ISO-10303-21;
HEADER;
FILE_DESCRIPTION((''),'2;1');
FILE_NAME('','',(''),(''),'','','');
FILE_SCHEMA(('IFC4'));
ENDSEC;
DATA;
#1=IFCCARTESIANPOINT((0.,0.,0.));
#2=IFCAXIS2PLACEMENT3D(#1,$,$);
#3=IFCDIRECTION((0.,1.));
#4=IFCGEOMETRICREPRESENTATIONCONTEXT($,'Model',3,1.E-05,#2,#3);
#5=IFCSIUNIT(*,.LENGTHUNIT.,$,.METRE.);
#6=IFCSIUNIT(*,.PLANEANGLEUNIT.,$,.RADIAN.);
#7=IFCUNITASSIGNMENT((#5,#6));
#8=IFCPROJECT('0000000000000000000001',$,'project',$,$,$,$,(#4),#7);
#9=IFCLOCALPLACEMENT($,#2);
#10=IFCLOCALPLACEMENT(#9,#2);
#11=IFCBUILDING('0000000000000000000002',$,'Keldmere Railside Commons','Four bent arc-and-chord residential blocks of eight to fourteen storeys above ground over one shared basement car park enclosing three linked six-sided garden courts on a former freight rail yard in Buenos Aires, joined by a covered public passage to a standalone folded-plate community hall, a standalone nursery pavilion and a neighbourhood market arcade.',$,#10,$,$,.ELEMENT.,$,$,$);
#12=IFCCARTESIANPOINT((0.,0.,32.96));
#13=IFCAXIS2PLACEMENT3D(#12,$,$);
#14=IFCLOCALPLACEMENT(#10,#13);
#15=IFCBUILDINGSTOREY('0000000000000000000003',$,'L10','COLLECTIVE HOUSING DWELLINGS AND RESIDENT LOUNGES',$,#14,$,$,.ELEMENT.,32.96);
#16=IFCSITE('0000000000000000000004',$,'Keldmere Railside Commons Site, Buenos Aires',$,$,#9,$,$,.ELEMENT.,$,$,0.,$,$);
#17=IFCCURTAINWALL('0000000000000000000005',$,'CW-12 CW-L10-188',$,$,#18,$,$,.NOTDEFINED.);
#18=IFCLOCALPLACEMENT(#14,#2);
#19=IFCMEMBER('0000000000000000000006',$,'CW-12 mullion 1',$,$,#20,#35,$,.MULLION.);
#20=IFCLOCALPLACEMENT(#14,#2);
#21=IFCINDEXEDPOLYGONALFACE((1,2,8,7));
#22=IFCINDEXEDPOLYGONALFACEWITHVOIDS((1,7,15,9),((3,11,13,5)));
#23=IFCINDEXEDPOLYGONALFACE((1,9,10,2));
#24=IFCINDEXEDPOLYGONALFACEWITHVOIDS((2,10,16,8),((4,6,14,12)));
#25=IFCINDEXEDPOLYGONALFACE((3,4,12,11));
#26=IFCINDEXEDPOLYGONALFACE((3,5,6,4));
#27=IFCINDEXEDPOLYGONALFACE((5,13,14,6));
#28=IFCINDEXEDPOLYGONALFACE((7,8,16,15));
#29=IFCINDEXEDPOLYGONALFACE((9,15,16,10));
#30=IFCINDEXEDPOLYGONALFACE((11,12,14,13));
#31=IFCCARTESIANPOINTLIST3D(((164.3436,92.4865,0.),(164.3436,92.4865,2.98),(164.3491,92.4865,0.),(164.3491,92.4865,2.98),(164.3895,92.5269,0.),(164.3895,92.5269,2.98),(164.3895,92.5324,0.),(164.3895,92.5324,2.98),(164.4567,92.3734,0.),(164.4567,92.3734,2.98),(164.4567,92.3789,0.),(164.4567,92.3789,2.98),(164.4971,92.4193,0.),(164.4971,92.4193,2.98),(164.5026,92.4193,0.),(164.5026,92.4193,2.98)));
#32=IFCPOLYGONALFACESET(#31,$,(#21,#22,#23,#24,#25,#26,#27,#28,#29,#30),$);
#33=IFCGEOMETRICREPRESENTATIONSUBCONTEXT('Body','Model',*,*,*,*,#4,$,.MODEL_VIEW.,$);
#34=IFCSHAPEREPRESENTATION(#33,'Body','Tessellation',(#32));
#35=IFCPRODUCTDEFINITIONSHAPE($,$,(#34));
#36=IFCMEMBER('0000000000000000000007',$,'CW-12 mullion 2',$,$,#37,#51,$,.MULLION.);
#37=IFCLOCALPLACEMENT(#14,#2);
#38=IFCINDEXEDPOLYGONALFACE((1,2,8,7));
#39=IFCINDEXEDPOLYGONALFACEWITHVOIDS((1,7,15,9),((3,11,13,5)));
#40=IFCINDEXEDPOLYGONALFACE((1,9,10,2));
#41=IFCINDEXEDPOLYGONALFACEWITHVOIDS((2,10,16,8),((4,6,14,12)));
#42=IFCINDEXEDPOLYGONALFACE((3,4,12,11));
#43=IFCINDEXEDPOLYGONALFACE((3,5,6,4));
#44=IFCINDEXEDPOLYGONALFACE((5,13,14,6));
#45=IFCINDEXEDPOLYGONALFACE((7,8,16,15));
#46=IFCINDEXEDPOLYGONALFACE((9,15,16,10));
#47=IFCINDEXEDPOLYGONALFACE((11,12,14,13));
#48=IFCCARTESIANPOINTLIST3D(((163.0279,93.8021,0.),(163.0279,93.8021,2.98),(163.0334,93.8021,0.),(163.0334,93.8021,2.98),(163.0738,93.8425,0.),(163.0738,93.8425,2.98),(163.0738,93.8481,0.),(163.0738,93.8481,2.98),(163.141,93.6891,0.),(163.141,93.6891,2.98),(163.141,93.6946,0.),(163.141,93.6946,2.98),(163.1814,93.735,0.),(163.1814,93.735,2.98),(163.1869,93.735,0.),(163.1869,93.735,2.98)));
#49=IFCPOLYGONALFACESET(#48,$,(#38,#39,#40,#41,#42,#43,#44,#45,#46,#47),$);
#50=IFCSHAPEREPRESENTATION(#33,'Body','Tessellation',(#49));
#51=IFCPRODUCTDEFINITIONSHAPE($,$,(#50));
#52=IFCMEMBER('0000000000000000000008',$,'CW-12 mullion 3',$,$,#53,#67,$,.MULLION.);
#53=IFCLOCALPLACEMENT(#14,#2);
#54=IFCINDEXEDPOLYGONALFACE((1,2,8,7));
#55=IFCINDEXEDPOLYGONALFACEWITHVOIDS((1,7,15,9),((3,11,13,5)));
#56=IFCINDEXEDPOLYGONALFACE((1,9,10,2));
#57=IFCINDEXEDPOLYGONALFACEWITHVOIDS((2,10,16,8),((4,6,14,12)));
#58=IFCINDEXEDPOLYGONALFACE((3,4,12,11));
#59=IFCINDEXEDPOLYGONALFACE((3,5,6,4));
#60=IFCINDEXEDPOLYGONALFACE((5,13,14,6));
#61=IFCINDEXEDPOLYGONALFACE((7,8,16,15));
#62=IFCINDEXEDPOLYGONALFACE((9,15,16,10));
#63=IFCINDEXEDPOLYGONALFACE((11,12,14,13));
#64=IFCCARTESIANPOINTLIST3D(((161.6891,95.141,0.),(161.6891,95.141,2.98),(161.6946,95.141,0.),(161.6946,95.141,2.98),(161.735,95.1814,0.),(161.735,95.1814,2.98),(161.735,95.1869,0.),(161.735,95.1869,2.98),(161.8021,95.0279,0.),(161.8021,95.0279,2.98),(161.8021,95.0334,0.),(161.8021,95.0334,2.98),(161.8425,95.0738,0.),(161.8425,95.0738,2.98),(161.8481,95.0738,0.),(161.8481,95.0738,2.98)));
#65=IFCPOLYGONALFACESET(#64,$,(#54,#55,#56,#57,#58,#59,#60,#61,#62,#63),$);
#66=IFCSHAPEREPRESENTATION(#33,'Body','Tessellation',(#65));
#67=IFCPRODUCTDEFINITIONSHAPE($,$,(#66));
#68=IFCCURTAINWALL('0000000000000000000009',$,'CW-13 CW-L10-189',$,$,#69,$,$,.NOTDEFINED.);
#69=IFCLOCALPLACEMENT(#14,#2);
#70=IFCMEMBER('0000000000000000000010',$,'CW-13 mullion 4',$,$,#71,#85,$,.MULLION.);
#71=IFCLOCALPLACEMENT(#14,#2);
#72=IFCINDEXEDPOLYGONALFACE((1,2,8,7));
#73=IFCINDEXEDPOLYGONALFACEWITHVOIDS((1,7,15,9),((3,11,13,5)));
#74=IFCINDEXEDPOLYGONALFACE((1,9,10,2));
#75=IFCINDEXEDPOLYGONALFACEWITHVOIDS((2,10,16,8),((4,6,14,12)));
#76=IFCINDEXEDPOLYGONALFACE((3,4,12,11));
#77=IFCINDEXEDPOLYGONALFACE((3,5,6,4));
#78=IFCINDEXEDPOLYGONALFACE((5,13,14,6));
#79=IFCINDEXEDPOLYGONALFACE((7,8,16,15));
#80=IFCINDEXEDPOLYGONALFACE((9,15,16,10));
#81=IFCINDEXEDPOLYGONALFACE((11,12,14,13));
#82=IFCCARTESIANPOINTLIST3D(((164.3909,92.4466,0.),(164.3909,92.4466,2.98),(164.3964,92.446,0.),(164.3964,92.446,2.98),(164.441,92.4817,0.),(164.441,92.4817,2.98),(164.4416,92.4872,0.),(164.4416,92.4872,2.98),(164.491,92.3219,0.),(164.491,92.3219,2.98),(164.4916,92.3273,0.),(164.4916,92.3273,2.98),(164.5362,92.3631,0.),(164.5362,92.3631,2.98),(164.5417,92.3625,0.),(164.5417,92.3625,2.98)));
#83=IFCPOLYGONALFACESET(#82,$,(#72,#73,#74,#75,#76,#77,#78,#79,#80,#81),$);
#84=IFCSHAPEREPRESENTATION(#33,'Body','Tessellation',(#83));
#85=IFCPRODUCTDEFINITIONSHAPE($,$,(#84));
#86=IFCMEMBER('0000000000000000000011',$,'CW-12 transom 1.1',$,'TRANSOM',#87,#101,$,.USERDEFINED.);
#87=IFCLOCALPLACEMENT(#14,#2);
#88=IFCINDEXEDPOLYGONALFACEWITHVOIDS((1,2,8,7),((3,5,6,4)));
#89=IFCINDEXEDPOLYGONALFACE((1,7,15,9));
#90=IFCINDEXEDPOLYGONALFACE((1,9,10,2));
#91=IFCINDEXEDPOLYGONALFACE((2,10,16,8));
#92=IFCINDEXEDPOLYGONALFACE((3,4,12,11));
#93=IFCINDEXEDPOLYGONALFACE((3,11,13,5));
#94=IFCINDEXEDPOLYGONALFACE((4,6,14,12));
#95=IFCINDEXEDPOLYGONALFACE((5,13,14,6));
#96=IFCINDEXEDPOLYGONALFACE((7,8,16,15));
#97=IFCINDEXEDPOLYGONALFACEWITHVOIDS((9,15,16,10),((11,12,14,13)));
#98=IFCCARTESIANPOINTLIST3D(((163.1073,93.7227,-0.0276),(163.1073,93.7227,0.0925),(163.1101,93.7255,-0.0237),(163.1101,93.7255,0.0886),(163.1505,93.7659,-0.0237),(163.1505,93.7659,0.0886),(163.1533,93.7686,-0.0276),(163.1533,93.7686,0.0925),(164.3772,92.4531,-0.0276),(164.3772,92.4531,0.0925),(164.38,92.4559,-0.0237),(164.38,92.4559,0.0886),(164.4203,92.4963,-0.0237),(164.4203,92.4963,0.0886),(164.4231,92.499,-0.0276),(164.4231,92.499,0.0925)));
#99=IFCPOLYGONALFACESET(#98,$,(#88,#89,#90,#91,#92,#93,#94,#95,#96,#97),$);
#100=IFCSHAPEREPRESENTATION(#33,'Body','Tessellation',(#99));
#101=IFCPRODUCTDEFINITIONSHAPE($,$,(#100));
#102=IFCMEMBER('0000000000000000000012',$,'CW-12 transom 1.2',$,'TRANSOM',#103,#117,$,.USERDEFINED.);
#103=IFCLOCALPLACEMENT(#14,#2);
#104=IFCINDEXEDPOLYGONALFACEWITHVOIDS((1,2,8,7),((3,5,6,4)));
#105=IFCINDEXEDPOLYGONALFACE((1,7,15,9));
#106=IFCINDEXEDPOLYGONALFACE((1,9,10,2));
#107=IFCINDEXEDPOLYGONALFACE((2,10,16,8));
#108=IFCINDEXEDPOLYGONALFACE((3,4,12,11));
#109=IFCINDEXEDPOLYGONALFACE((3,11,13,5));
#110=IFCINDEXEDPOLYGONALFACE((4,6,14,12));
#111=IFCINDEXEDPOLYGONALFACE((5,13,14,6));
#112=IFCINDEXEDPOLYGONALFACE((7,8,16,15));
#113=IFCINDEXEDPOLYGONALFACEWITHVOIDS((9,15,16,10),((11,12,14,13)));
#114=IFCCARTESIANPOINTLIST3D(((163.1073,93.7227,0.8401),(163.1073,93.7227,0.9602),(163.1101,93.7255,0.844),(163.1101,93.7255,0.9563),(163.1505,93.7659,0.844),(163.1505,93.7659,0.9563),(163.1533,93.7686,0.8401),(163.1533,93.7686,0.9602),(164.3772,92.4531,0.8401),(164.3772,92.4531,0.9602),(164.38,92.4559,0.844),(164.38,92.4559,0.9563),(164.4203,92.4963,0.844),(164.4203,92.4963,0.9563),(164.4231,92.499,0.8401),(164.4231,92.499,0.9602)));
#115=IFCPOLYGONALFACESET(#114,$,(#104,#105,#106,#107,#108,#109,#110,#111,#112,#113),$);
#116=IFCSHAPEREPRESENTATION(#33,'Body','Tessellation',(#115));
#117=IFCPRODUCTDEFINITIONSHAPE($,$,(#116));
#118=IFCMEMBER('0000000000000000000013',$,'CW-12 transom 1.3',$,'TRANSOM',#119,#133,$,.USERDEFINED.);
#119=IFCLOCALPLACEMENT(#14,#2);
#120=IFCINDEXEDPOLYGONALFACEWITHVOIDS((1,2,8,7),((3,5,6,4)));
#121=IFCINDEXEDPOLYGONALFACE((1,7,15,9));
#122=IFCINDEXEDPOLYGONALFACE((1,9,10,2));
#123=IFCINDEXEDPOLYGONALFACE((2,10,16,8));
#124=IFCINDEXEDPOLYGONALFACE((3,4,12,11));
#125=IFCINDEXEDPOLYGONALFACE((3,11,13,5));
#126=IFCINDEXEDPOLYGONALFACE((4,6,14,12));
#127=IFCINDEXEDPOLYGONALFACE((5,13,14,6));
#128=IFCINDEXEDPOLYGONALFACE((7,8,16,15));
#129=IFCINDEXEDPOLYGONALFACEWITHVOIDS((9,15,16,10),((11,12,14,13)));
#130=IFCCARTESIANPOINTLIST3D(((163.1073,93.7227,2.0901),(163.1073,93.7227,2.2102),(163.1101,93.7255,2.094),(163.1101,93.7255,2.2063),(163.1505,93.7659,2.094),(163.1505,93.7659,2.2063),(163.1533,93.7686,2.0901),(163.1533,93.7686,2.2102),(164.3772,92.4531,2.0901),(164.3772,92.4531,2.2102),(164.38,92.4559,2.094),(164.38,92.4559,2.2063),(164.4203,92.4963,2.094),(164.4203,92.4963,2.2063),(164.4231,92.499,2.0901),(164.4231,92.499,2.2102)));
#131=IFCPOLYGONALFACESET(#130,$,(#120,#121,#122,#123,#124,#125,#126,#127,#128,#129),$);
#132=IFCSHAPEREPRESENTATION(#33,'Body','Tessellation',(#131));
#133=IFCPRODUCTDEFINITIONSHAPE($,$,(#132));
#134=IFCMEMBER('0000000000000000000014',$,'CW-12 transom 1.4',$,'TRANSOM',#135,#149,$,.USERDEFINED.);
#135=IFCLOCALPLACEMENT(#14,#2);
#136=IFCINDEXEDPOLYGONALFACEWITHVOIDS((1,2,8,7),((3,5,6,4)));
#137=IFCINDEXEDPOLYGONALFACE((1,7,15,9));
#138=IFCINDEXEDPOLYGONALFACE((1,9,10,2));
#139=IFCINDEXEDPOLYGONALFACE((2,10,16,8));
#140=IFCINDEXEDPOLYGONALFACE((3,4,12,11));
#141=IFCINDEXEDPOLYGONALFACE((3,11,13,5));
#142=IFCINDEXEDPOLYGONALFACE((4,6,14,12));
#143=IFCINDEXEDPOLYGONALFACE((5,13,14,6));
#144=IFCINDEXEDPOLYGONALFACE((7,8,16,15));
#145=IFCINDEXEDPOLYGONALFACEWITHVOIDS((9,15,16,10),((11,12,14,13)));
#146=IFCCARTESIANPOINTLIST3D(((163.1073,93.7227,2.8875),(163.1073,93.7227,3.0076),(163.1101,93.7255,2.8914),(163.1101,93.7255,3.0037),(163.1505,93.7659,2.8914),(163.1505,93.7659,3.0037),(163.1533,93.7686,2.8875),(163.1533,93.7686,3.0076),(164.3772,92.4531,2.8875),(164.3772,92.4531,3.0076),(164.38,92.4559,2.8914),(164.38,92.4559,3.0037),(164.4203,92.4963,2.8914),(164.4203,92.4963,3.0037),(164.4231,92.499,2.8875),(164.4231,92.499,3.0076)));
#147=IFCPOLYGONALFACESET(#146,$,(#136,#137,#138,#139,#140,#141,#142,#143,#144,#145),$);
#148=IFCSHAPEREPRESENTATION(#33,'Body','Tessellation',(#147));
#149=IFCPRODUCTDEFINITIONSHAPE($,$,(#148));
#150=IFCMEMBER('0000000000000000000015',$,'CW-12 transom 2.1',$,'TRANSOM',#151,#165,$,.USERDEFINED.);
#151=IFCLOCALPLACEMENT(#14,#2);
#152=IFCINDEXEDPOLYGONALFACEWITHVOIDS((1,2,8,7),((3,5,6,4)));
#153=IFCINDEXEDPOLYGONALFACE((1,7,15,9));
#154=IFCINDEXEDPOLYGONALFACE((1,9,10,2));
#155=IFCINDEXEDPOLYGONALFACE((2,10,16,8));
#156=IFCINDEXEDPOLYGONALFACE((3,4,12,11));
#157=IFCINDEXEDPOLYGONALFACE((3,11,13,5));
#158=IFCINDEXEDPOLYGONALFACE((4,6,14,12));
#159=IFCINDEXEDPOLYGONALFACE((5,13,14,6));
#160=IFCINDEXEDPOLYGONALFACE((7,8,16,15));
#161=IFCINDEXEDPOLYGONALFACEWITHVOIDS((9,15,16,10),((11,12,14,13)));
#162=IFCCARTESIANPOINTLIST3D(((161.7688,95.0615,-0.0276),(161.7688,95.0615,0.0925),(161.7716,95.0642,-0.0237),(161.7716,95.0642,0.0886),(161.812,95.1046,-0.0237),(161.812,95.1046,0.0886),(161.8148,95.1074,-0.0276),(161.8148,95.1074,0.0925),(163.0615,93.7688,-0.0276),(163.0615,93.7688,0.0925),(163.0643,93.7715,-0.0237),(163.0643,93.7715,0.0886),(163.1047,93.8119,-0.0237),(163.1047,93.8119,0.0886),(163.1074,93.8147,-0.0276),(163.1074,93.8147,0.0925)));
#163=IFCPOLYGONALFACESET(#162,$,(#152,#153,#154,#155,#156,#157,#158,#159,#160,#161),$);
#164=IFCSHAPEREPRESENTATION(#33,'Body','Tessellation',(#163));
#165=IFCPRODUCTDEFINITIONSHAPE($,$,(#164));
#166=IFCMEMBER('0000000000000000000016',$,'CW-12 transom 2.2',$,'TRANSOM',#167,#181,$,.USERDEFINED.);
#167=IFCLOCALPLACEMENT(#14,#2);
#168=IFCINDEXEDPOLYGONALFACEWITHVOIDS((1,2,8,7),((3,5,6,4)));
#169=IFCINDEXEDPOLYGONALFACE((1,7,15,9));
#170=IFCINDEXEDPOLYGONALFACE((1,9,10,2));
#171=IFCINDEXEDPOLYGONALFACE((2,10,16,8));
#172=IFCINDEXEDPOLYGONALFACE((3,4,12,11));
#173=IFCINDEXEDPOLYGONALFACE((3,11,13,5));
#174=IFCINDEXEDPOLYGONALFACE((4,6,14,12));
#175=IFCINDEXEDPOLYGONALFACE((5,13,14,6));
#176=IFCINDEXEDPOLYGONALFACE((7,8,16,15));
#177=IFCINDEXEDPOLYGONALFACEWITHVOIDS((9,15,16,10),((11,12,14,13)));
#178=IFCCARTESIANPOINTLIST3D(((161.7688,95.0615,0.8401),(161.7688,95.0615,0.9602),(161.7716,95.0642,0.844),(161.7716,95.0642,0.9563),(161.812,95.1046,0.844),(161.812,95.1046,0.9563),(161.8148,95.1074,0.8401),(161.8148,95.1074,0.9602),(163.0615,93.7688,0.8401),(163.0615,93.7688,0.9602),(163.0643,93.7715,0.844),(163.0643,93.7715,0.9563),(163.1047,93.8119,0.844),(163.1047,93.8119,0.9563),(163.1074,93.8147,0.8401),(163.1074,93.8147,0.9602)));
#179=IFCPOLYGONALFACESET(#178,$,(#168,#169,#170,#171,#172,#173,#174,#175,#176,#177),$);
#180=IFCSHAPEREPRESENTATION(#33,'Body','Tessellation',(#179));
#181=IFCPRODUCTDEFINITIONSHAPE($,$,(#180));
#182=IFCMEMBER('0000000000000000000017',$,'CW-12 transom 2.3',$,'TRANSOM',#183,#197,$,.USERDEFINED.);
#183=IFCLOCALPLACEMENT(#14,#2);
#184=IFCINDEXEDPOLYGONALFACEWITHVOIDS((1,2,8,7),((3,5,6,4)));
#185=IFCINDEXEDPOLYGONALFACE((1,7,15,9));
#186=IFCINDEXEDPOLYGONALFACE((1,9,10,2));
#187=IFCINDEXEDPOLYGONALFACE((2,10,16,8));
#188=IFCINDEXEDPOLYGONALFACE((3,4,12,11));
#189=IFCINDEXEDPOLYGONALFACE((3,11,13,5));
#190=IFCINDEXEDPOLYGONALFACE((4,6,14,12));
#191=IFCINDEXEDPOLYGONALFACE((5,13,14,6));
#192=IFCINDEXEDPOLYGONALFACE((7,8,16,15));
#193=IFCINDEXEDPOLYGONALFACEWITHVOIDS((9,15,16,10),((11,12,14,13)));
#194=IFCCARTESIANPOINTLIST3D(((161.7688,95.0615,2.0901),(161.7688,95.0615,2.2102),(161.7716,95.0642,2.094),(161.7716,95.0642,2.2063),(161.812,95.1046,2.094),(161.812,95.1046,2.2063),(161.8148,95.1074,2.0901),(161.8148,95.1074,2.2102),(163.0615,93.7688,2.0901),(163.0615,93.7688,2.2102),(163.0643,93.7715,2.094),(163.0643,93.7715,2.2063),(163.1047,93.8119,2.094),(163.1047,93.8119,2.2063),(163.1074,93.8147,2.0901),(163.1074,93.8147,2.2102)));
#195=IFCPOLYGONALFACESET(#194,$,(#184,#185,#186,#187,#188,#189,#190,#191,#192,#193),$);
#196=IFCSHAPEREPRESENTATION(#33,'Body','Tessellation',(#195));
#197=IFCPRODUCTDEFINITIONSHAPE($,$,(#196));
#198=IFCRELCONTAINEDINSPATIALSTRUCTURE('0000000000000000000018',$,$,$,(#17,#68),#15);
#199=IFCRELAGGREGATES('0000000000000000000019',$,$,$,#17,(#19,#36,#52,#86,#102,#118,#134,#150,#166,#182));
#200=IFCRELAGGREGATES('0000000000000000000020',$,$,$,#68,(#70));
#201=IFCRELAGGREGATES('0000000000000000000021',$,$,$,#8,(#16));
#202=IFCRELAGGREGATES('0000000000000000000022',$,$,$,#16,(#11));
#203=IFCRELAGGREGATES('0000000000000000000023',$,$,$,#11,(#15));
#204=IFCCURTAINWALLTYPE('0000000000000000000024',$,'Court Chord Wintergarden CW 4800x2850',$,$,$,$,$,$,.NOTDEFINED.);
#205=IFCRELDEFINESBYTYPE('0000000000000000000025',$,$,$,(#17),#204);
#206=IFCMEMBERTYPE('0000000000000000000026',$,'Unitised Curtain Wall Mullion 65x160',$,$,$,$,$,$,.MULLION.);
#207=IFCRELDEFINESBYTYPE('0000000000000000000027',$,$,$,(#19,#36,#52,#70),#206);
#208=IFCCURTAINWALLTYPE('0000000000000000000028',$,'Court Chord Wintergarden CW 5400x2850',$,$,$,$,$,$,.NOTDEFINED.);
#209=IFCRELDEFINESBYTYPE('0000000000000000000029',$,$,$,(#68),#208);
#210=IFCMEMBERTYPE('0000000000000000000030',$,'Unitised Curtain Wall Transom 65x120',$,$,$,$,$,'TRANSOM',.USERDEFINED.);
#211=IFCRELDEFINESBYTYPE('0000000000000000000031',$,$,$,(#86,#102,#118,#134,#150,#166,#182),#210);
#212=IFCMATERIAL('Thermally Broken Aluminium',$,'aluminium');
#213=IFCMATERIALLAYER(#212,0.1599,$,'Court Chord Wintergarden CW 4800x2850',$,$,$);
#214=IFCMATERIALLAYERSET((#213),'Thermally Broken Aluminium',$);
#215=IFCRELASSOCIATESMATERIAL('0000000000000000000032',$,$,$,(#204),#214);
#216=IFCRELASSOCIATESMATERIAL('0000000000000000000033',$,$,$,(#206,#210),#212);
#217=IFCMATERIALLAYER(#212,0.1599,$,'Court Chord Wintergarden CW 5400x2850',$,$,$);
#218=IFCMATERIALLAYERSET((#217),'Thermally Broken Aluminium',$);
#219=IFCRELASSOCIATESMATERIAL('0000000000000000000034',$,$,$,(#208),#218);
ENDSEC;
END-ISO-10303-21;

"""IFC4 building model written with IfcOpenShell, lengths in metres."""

from ifc_helpers import new_model, si_unit, direction, frame, origin, origin_2d, place, context, subcontext, project, spatial, hollow_rectangle, extrude, material, layer, layer_set, material_profile, profile_set, type_object, element, aggregate, save


model = new_model("IFC4")

# Units and contexts
model_context = context("Model", 3, precision=1e-05, world=origin(), true_north=direction((0.0, 1.0)))
body_context = subcontext(model_context, "Body", "Model", "MODEL_VIEW")
ifc_project = project(units=[si_unit("LENGTHUNIT", "METRE"), si_unit("PLANEANGLEUNIT", "RADIAN")], contexts=[model_context])

# Site, building, storey
site_placement = place(None, origin())
site = spatial("IfcSite", under=ifc_project, at=site_placement, Name="Keldmere Railside Commons Site, Buenos Aires", CompositionType="ELEMENT", RefElevation=0.0)
building_placement = place(site_placement, origin())
building = spatial("IfcBuilding", under=site, at=building_placement, Name="Keldmere Railside Commons", Description="Four bent arc-and-chord residential blocks of eight to fourteen storeys above ground over one shared basement car park enclosing three linked six-sided garden courts on a former freight rail yard in Buenos Aires, joined by a covered public passage to a standalone folded-plate community hall, a standalone nursery pavilion and a neighbourhood market arcade.", CompositionType="ELEMENT")
storey_placement = place(building_placement, frame((0.0, 0.0, 32.96)))
storey = spatial("IfcBuildingStorey", under=building, at=storey_placement, Name="L10", Description="COLLECTIVE HOUSING DWELLINGS AND RESIDENT LOUNGES", CompositionType="ELEMENT", Elevation=32.96)

# Curtain wall, members
ifc_material_1 = material(Name="Thermally Broken Aluminium", Category="aluminium")
ifc_layer_1 = layer(ifc_material_1, 0.1599, Name="Court Chord Wintergarden CW 4800x2850")
ifc_layer_set_1 = layer_set([ifc_layer_1], Name="Thermally Broken Aluminium")
curtain_wall_type_1 = type_object("IfcCurtainWallType", Name="Court Chord Wintergarden CW 4800x2850", PredefinedType="NOTDEFINED", material=ifc_layer_set_1)
curtain_wall_1_placement = place(storey_placement, origin())
curtain_wall_1 = element("IfcCurtainWall", 1, at=curtain_wall_1_placement, inside=storey, type_object=curtain_wall_type_1, Name="CW-12 CW-L10-188", PredefinedType="NOTDEFINED")
ifc_material_profile_1 = material_profile(ifc_material_1, hollow_rectangle(XDim=0.0649, YDim=0.1599, WallThickness=0.0039, at=origin_2d()), Name="ALU-MULL-65x160")
ifc_profile_set_1 = profile_set([ifc_material_profile_1], Name="Thermally Broken Aluminium")
member_type_1 = type_object("IfcMemberType", Name="Unitised Curtain Wall Mullion 65x160", PredefinedType="MULLION", material=ifc_profile_set_1)
member_1_placement = place(storey_placement, frame((164.4231, 92.4529, 0.0), z_axis=(0.0, 0.0, 1.0), x_axis=(-0.707107, -0.707107, 0.0)))
member_1 = element("IfcMember", 2, at=member_1_placement, type_object=member_type_1, Name="CW-12 mullion 1", PredefinedType="MULLION", context=body_context, shape_type="SweptSolid", body=[
    extrude(hollow_rectangle(XDim=0.0649, YDim=0.1599, WallThickness=0.0039, at=origin_2d()), origin(), (0.0, 0.0, 1.0), 2.98),
])
member_2_placement = place(storey_placement, frame((163.1074, 93.7686, 0.0), z_axis=(0.0, 0.0, 1.0), x_axis=(-0.707107, -0.707107, 0.0)))
member_2 = element("IfcMember", 3, at=member_2_placement, type_object=member_type_1, Name="CW-12 mullion 2", PredefinedType="MULLION", context=body_context, shape_type="SweptSolid", body=[
    extrude(hollow_rectangle(XDim=0.0649, YDim=0.1599, WallThickness=0.0039, at=origin_2d()), origin(), (0.0, 0.0, 1.0), 2.98),
])
member_3_placement = place(storey_placement, frame((161.7686, 95.1074, 0.0), z_axis=(0.0, 0.0, 1.0), x_axis=(-0.707107, -0.707107, 0.0)))
member_3 = element("IfcMember", 4, at=member_3_placement, type_object=member_type_1, Name="CW-12 mullion 3", PredefinedType="MULLION", context=body_context, shape_type="SweptSolid", body=[
    extrude(hollow_rectangle(XDim=0.0649, YDim=0.1599, WallThickness=0.0039, at=origin_2d()), origin(), (0.0, 0.0, 1.0), 2.98),
])

# Curtain wall, member
ifc_layer_2 = layer(ifc_material_1, 0.1599, Name="Court Chord Wintergarden CW 5400x2850")
ifc_layer_set_2 = layer_set([ifc_layer_2], Name="Thermally Broken Aluminium")
curtain_wall_type_2 = type_object("IfcCurtainWallType", Name="Court Chord Wintergarden CW 5400x2850", PredefinedType="NOTDEFINED", material=ifc_layer_set_2)
curtain_wall_2_placement = place(storey_placement, origin())
curtain_wall_2 = element("IfcCurtainWall", 5, at=curtain_wall_2_placement, inside=storey, type_object=curtain_wall_type_2, Name="CW-13 CW-L10-189", PredefinedType="NOTDEFINED")
member_4_placement = place(storey_placement, frame((164.4663, 92.4045, 0.0), z_axis=(0.0, 0.0, 1.0), x_axis=(-0.780009, -0.625768, 0.0)))
member_4 = element("IfcMember", 6, at=member_4_placement, type_object=member_type_1, Name="CW-13 mullion 4", PredefinedType="MULLION", context=body_context, shape_type="SweptSolid", body=[
    extrude(hollow_rectangle(XDim=0.0649, YDim=0.1599, WallThickness=0.0039, at=origin_2d()), origin(), (0.0, 0.0, 1.0), 2.98),
])

# Members
ifc_material_profile_2 = material_profile(ifc_material_1, hollow_rectangle(XDim=0.0649, YDim=0.1201, WallThickness=0.0039, at=origin_2d()), Name="ALU-TRAN-65x120")
ifc_profile_set_2 = profile_set([ifc_material_profile_2], Name="Thermally Broken Aluminium")
member_type_2 = type_object("IfcMemberType", Name="Unitised Curtain Wall Transom 65x120", ElementType="TRANSOM", PredefinedType="USERDEFINED", material=ifc_profile_set_2)
member_5_placement = place(storey_placement, frame((164.4001, 92.4761, 0.0325), z_axis=(-0.707175, 0.707039, 0.0), x_axis=(-0.707039, -0.707175, 0.0)))
member_5 = element("IfcMember", 7, at=member_5_placement, type_object=member_type_2, Name="CW-12 transom 1.1", ObjectType="TRANSOM", PredefinedType="USERDEFINED", context=body_context, shape_type="SweptSolid", body=[
    extrude(hollow_rectangle(XDim=0.0649, YDim=0.1201, WallThickness=0.0039, at=origin_2d()), origin(), (0.0, 0.0, 1.0), 1.7957),
])
member_6_placement = place(storey_placement, frame((164.4001, 92.4761, 0.9001), z_axis=(-0.707175, 0.707039, 0.0), x_axis=(-0.707039, -0.707175, 0.0)))
member_6 = element("IfcMember", 8, at=member_6_placement, type_object=member_type_2, Name="CW-12 transom 1.2", ObjectType="TRANSOM", PredefinedType="USERDEFINED", context=body_context, shape_type="SweptSolid", body=[
    extrude(hollow_rectangle(XDim=0.0649, YDim=0.1201, WallThickness=0.0039, at=origin_2d()), origin(), (0.0, 0.0, 1.0), 1.7957),
])
member_7_placement = place(storey_placement, frame((164.4001, 92.4761, 2.1501), z_axis=(-0.707175, 0.707039, 0.0), x_axis=(-0.707039, -0.707175, 0.0)))
member_7 = element("IfcMember", 9, at=member_7_placement, type_object=member_type_2, Name="CW-12 transom 1.3", ObjectType="TRANSOM", PredefinedType="USERDEFINED", context=body_context, shape_type="SweptSolid", body=[
    extrude(hollow_rectangle(XDim=0.0649, YDim=0.1201, WallThickness=0.0039, at=origin_2d()), origin(), (0.0, 0.0, 1.0), 1.7957),
])
member_8_placement = place(storey_placement, frame((164.4001, 92.4761, 2.9475), z_axis=(-0.707175, 0.707039, 0.0), x_axis=(-0.707039, -0.707175, 0.0)))
member_8 = element("IfcMember", 10, at=member_8_placement, type_object=member_type_2, Name="CW-12 transom 1.4", ObjectType="TRANSOM", PredefinedType="USERDEFINED", context=body_context, shape_type="SweptSolid", body=[
    extrude(hollow_rectangle(XDim=0.0649, YDim=0.1201, WallThickness=0.0039, at=origin_2d()), origin(), (0.0, 0.0, 1.0), 1.7957),
])
member_9_placement = place(storey_placement, frame((163.0845, 93.7917, 0.0325), z_axis=(-0.707107, 0.707107, 0.0), x_axis=(-0.707107, -0.707107, 0.0)))
member_9 = element("IfcMember", 11, at=member_9_placement, type_object=member_type_2, Name="CW-12 transom 2.1", ObjectType="TRANSOM", PredefinedType="USERDEFINED", context=body_context, shape_type="SweptSolid", body=[
    extrude(hollow_rectangle(XDim=0.0649, YDim=0.1201, WallThickness=0.0039, at=origin_2d()), origin(), (0.0, 0.0, 1.0), 1.8281),
])
member_10_placement = place(storey_placement, frame((163.0845, 93.7917, 0.9001), z_axis=(-0.707107, 0.707107, 0.0), x_axis=(-0.707107, -0.707107, 0.0)))
member_10 = element("IfcMember", 12, at=member_10_placement, type_object=member_type_2, Name="CW-12 transom 2.2", ObjectType="TRANSOM", PredefinedType="USERDEFINED", context=body_context, shape_type="SweptSolid", body=[
    extrude(hollow_rectangle(XDim=0.0649, YDim=0.1201, WallThickness=0.0039, at=origin_2d()), origin(), (0.0, 0.0, 1.0), 1.8281),
])
member_11_placement = place(storey_placement, frame((163.0845, 93.7917, 2.1501), z_axis=(-0.707107, 0.707107, 0.0), x_axis=(-0.707107, -0.707107, 0.0)))
member_11 = element("IfcMember", 13, at=member_11_placement, type_object=member_type_2, Name="CW-12 transom 2.3", ObjectType="TRANSOM", PredefinedType="USERDEFINED", context=body_context, shape_type="SweptSolid", body=[
    extrude(hollow_rectangle(XDim=0.0649, YDim=0.1201, WallThickness=0.0039, at=origin_2d()), origin(), (0.0, 0.0, 1.0), 1.8281),
])

aggregate(curtain_wall_1, [member_1, member_2, member_3, member_5, member_6, member_7, member_8, member_9, member_10, member_11])
aggregate(curtain_wall_2, [member_4])

save(model, "model.ifc")
